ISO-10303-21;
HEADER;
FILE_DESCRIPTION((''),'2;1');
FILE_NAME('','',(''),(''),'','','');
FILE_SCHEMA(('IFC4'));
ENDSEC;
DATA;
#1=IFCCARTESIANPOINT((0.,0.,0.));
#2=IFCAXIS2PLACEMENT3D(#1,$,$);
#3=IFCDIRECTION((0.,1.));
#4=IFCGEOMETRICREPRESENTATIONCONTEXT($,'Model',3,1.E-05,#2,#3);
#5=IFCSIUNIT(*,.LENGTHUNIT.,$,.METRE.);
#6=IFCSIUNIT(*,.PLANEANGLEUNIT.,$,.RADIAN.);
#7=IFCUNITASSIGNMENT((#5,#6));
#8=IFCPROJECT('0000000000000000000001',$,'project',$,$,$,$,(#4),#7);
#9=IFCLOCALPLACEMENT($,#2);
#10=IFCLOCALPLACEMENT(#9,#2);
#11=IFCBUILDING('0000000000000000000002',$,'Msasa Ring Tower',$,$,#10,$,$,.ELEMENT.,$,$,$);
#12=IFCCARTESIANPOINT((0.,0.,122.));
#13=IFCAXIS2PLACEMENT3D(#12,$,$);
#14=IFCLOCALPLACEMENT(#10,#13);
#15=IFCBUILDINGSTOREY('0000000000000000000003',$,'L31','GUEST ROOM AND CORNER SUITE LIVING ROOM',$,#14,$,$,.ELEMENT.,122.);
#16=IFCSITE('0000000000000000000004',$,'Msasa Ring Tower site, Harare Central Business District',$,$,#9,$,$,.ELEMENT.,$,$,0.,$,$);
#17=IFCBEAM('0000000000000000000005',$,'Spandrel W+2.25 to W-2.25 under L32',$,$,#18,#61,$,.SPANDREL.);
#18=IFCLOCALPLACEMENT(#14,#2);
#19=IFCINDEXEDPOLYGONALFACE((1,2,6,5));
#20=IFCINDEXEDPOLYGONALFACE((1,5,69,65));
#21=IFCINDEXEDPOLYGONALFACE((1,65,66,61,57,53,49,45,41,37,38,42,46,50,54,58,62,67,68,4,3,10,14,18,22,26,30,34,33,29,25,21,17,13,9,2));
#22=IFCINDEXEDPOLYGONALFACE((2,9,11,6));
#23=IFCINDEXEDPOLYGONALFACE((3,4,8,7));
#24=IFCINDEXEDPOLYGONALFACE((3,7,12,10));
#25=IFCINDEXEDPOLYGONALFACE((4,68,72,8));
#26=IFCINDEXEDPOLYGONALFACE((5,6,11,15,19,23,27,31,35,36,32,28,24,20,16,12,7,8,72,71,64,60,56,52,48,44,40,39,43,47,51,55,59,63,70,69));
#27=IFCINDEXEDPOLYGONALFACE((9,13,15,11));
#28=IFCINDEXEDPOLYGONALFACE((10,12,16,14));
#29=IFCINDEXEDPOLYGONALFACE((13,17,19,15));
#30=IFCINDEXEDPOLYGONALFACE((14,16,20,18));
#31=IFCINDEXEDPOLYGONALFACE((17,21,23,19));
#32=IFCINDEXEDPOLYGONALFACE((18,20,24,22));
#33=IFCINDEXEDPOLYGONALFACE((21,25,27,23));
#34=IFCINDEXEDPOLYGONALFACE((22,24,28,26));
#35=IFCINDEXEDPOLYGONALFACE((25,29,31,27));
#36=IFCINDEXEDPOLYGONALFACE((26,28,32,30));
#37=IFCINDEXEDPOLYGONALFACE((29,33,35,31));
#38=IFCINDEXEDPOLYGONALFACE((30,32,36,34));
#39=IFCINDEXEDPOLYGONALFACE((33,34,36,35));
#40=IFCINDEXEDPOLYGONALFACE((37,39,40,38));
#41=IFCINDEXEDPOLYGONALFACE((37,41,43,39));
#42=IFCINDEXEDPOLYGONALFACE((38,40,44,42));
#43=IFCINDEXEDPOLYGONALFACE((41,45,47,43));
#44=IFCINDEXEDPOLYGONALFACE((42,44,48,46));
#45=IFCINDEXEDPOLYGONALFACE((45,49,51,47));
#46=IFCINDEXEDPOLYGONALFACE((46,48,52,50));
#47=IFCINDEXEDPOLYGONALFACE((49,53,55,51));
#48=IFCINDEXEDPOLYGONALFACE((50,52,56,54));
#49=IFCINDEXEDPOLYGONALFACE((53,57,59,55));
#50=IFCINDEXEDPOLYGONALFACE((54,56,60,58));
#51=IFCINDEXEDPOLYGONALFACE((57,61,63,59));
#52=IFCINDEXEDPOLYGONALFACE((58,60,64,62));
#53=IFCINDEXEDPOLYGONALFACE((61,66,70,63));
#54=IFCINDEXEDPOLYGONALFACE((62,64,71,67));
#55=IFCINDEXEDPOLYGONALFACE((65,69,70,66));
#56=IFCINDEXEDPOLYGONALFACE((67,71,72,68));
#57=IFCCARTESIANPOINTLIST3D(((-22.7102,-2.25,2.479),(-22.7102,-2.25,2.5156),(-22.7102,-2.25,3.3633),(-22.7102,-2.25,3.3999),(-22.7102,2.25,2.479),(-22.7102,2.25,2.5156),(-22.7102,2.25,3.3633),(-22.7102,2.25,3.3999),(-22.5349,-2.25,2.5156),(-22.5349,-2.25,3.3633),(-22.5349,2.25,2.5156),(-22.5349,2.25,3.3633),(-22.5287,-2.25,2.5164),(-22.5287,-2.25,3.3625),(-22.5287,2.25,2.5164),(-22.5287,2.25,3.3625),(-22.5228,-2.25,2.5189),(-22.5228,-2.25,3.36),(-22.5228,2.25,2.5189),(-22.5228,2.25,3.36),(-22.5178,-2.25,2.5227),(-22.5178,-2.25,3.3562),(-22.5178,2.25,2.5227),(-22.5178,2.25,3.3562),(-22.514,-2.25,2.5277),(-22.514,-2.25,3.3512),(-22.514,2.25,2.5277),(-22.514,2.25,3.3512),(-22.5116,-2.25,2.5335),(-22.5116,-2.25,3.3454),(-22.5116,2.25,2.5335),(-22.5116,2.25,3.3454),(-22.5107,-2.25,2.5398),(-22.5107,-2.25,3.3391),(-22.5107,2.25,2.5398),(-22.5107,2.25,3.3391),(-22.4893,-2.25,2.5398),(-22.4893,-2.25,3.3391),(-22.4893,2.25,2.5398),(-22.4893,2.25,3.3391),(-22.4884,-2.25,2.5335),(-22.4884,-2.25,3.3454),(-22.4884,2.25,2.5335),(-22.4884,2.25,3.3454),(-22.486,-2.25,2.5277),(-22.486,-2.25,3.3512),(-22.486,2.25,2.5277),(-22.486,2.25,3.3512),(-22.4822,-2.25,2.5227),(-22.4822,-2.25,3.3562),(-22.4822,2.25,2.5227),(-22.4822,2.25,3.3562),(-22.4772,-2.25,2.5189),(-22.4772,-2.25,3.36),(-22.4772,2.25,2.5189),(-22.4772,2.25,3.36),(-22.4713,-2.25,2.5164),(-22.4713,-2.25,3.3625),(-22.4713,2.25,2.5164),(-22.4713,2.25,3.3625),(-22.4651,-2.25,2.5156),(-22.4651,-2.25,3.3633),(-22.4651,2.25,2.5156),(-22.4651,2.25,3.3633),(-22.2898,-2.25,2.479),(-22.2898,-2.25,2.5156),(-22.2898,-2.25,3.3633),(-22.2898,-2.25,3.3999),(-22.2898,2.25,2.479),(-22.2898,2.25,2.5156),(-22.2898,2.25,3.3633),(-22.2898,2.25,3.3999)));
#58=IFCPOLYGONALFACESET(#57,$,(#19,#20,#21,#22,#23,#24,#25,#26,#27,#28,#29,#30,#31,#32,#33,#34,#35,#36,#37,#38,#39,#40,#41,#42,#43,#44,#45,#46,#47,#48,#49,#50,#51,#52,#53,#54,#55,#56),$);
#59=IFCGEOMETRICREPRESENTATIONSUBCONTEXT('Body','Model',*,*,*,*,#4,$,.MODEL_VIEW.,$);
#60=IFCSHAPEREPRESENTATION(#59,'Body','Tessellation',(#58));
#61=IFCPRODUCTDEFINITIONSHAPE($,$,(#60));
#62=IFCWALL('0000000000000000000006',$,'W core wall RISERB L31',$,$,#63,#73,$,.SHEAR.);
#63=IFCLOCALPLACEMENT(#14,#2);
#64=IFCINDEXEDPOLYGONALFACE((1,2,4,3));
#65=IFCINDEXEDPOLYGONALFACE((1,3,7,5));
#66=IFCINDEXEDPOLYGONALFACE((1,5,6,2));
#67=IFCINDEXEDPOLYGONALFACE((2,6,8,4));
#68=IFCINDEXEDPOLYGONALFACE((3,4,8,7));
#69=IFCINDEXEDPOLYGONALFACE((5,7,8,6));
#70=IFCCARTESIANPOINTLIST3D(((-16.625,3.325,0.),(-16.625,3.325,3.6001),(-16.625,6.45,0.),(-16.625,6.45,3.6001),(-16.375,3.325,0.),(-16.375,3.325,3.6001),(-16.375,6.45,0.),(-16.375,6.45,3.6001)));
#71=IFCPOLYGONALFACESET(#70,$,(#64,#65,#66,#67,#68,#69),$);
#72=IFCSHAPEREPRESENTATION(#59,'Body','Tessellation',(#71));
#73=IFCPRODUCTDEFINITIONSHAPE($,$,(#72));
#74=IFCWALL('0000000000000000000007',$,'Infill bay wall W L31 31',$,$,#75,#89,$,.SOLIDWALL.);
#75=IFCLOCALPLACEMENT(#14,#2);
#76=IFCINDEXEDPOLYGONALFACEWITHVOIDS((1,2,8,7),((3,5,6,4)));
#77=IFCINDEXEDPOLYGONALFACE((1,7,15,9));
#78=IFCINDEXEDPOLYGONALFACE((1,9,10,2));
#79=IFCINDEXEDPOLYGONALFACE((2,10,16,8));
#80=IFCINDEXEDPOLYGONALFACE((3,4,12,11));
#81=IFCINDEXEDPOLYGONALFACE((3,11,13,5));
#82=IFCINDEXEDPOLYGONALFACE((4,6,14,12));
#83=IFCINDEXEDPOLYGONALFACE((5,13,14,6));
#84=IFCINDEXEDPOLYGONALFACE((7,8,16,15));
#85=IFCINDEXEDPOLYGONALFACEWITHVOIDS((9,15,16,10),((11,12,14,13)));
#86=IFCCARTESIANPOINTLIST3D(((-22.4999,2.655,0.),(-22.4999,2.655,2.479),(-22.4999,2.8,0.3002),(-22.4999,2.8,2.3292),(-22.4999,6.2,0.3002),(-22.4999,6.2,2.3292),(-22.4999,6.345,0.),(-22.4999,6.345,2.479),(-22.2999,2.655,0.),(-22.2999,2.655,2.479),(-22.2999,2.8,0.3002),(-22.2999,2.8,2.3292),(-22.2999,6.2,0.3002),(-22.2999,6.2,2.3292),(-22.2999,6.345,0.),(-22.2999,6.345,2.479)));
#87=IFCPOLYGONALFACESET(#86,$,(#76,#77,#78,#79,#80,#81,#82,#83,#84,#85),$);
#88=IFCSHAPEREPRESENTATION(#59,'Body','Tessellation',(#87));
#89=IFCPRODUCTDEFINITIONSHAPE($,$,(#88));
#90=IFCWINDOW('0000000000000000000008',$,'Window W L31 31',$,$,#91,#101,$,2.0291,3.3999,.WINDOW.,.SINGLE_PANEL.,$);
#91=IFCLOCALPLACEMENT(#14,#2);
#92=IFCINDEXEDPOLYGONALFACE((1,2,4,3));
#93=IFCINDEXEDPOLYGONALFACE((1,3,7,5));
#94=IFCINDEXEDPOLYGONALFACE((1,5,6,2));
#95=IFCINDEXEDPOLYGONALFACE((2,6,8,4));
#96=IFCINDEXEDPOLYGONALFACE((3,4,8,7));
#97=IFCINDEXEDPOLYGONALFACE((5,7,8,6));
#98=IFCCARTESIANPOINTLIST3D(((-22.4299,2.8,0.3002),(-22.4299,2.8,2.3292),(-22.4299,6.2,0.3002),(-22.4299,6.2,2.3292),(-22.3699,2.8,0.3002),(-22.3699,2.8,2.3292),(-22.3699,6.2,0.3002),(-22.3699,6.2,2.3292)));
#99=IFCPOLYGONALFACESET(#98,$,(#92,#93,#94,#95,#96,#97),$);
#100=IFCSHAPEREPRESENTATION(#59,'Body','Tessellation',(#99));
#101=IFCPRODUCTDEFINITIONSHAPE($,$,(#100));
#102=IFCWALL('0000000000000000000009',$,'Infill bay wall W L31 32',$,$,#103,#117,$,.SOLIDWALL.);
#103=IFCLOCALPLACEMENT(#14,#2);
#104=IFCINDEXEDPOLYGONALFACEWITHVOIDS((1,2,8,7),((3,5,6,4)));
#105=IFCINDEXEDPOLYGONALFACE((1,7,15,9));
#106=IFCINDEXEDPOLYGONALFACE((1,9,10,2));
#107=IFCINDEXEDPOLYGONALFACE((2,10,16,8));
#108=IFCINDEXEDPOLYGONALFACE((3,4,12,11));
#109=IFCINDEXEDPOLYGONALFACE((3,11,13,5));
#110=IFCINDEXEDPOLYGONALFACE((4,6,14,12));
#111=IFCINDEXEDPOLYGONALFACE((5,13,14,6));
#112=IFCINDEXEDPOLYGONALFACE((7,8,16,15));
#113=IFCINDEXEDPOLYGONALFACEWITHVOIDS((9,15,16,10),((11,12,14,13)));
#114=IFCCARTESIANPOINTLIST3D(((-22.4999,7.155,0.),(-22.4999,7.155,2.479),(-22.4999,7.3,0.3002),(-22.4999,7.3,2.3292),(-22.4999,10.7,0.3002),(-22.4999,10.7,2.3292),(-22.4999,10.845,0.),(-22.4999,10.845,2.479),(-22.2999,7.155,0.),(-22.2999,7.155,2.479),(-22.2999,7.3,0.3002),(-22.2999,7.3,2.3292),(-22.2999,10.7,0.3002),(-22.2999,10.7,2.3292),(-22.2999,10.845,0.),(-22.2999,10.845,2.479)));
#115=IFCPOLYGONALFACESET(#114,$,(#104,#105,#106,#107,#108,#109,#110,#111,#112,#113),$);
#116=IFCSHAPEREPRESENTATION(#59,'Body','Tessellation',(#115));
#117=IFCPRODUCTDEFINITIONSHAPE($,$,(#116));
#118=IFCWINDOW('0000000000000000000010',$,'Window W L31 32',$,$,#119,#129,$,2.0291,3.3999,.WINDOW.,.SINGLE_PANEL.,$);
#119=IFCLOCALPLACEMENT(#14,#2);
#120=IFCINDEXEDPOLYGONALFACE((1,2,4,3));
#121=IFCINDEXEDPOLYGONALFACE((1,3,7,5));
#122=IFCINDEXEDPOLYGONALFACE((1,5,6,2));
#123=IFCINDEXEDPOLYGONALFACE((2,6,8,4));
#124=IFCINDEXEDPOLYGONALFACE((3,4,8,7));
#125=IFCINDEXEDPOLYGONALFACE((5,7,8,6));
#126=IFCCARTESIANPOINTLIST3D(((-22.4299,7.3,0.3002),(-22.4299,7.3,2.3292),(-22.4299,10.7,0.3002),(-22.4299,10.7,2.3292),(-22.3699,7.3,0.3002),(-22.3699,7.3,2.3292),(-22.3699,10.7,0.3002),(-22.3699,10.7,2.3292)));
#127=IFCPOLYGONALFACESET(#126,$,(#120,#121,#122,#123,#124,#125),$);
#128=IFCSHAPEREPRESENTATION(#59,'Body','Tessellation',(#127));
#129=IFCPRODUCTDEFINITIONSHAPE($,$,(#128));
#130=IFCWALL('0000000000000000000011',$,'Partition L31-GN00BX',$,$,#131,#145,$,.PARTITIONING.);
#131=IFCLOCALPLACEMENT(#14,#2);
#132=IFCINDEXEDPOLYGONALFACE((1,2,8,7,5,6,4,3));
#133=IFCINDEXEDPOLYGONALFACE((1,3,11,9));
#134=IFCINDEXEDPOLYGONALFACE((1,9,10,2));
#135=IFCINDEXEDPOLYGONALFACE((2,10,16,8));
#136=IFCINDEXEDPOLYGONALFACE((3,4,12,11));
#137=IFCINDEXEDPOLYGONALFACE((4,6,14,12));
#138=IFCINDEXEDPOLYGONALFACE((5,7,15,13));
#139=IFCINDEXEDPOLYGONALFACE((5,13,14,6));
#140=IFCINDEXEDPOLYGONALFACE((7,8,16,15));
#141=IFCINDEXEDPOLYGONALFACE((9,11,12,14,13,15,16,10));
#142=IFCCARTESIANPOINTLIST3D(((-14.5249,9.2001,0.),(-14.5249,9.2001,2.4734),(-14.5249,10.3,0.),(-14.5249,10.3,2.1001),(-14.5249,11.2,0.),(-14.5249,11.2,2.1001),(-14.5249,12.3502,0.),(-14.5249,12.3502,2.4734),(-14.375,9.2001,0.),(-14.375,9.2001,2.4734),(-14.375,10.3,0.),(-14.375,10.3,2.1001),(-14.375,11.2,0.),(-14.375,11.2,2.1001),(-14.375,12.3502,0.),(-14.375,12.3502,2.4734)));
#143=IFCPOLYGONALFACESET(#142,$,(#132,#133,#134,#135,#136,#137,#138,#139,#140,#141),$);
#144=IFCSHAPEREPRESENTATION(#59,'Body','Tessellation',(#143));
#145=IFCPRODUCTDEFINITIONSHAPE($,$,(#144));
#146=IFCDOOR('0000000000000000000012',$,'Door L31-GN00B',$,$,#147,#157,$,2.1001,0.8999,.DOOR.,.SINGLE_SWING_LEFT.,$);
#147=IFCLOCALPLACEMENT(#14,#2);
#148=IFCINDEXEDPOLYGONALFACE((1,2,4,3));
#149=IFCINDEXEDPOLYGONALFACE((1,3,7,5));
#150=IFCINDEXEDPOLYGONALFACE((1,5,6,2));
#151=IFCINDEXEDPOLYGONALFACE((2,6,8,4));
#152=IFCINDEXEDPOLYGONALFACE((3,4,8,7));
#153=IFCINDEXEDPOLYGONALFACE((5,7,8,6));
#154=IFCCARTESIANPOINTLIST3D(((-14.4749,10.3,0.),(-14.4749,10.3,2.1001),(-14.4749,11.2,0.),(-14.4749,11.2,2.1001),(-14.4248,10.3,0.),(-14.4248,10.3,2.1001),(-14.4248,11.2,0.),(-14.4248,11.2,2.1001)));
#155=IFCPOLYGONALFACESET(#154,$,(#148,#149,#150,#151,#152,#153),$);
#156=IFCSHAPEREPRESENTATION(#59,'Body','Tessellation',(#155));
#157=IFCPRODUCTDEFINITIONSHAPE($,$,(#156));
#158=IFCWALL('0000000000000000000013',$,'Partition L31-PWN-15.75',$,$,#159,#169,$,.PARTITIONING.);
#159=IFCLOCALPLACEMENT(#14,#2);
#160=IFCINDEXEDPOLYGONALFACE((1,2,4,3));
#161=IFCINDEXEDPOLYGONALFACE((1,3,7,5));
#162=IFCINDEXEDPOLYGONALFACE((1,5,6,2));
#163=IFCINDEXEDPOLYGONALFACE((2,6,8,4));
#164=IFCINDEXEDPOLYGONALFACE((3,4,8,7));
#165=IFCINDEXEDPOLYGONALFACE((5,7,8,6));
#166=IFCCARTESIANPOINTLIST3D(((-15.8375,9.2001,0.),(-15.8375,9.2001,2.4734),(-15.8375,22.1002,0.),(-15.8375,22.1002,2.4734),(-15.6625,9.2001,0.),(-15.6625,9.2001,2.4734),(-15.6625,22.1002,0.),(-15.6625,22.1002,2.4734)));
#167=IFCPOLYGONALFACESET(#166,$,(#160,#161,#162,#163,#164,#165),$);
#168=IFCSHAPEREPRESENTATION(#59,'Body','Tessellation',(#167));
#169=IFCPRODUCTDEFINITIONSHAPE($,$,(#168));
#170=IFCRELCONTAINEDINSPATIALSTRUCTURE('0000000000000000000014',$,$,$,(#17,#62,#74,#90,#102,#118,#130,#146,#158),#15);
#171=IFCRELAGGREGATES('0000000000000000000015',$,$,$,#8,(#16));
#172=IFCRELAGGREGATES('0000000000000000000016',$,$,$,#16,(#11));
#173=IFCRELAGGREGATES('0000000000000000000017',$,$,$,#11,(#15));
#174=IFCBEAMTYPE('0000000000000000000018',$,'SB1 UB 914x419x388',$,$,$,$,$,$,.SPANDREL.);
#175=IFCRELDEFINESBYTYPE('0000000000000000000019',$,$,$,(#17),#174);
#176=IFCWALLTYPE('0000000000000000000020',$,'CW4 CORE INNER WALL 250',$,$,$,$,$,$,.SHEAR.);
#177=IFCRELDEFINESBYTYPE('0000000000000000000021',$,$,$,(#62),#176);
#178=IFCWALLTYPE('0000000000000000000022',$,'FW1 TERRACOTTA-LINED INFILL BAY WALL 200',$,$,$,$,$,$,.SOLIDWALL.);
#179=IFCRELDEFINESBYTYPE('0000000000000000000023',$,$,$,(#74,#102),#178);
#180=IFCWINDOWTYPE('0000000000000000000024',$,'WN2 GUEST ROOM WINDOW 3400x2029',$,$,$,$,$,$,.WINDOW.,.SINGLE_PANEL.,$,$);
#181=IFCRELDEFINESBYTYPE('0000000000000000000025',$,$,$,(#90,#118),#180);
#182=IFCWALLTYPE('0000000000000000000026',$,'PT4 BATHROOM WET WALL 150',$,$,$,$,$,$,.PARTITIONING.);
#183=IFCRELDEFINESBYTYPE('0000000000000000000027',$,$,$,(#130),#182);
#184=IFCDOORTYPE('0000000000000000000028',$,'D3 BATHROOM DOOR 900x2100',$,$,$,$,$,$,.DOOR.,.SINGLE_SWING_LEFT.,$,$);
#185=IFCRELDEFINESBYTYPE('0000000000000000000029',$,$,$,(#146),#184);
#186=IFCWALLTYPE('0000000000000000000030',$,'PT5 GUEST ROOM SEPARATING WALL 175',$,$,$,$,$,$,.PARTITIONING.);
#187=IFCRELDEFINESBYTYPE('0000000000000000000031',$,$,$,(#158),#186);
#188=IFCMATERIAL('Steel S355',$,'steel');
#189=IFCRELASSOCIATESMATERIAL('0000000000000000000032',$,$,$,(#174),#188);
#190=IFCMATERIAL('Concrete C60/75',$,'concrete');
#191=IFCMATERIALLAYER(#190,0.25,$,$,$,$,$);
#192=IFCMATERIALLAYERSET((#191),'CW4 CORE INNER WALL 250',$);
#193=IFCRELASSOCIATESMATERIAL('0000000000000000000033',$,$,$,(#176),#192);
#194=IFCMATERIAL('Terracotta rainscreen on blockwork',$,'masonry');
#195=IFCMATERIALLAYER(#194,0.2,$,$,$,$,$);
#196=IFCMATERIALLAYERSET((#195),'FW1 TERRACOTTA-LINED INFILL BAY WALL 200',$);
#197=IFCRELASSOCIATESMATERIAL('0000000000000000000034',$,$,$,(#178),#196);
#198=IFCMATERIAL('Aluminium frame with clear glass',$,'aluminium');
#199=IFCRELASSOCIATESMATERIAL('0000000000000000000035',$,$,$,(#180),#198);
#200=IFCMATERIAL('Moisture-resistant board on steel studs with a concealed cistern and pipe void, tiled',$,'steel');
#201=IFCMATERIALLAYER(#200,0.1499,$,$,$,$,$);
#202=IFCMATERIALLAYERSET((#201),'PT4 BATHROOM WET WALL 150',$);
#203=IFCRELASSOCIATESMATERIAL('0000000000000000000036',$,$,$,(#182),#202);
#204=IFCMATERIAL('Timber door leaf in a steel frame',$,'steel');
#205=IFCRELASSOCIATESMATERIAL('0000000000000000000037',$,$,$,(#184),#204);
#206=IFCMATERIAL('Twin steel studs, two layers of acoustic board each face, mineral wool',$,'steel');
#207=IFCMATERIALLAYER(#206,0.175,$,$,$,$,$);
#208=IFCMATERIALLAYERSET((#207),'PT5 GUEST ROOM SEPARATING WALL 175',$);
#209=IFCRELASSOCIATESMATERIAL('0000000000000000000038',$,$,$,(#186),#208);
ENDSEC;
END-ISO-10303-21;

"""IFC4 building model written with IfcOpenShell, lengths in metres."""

from ifc_helpers import new_model, si_unit, direction, frame, frame_2d, origin, origin_2d, place, context, subcontext, project, spatial, rectangle, i_section, extrude, material, layer, layer_set, material_profile, profile_set, type_object, element, fill, save


model = new_model("IFC4")

# Units and contexts
model_context = context("Model", 3, precision=1e-05, world=origin(), true_north=direction((0.0, 1.0)))
body_context = subcontext(model_context, "Body", "Model", "MODEL_VIEW")
ifc_project = project(units=[si_unit("LENGTHUNIT", "METRE"), si_unit("PLANEANGLEUNIT", "RADIAN")], contexts=[model_context])

# Site, building, storey
site_placement = place(None, origin())
site = spatial("IfcSite", under=ifc_project, at=site_placement, Name="Msasa Ring Tower site, Harare Central Business District", CompositionType="ELEMENT", RefElevation=0.0)
building_placement = place(site_placement, origin())
building = spatial("IfcBuilding", under=site, at=building_placement, Name="Msasa Ring Tower", CompositionType="ELEMENT")
storey_placement = place(building_placement, frame((0.0, 0.0, 122.0)))
storey = spatial("IfcBuildingStorey", under=building, at=storey_placement, Name="L31", Description="GUEST ROOM AND CORNER SUITE LIVING ROOM", CompositionType="ELEMENT", Elevation=122.0)

# Beam
ifc_material_1 = material(Name="Steel S355", Category="steel")
ifc_material_profile_1 = material_profile(ifc_material_1, i_section(OverallWidth=0.4204, OverallDepth=0.9209, WebThickness=0.0215, FlangeThickness=0.0366, FilletRadius=0.0242, at=origin_2d()), Name="UB 914x419x388")
ifc_profile_set_1 = profile_set([ifc_material_profile_1], Name="Steel S355")
beam_type_1 = type_object("IfcBeamType", Name="SB1 UB 914x419x388", PredefinedType="SPANDREL", material=ifc_profile_set_1)
for number, where, z_axis, x_axis, name in (
    (1, (-22.5, 2.25, 2.9395), (0.0, -1.0, 0.0), (1.0, 0.0, 0.0), "Spandrel W+2.25 to W-2.25 under L32"),
):
    element("IfcBeam", number, at=place(storey_placement, frame(where, z_axis=z_axis, x_axis=x_axis)), inside=storey, type_object=beam_type_1, Name=name, PredefinedType="SPANDREL", context=body_context, shape_type="SweptSolid", body=[
        extrude(i_section(OverallWidth=0.4204, OverallDepth=0.9209, WebThickness=0.0215, FlangeThickness=0.0366, FilletRadius=0.0242, at=origin_2d()), origin(), (0.0, 0.0, 1.0), 4.5),
    ])

# Wall
ifc_material_2 = material(Name="Concrete C60/75", Category="concrete")
ifc_layer_1 = layer(ifc_material_2, 0.25)
ifc_layer_set_1 = layer_set([ifc_layer_1], Name="CW4 CORE INNER WALL 250")
wall_type_1 = type_object("IfcWallType", Name="CW4 CORE INNER WALL 250", PredefinedType="SHEAR", material=ifc_layer_set_1)
wall_1_placement = place(storey_placement, frame((-16.5, 3.325, 0.0), z_axis=(0.0, 0.0, 1.0), x_axis=(0.0, 1.0, 0.0)))
element("IfcWall", 2, at=wall_1_placement, inside=storey, type_object=wall_type_1, Name="W core wall RISERB L31", PredefinedType="SHEAR", context=body_context, shape_type="SweptSolid", body=[
    extrude(rectangle(XDim=3.125, YDim=0.25, at=frame_2d((1.5625, 0.0))), origin(), (0.0, 0.0, 1.0), 3.6001),
])

# Walls, openings, windows
ifc_material_3 = material(Name="Terracotta rainscreen on blockwork", Category="masonry")
ifc_layer_2 = layer(ifc_material_3, 0.2)
ifc_layer_set_2 = layer_set([ifc_layer_2], Name="FW1 TERRACOTTA-LINED INFILL BAY WALL 200")
wall_type_2 = type_object("IfcWallType", Name="FW1 TERRACOTTA-LINED INFILL BAY WALL 200", PredefinedType="SOLIDWALL", material=ifc_layer_set_2)
wall_2_placement = place(storey_placement, frame((-22.3999, 2.655, 0.0), z_axis=(0.0, 0.0, 1.0), x_axis=(0.0, 1.0, 0.0)))
wall_2 = element("IfcWall", 3, at=wall_2_placement, inside=storey, type_object=wall_type_2, Name="Infill bay wall W L31 31", PredefinedType="SOLIDWALL", context=body_context, shape_type="SweptSolid", body=[
    extrude(rectangle(XDim=3.6899, YDim=0.2, at=frame_2d((1.845, 0.0))), origin(), (0.0, 0.0, 1.0), 2.479),
])
opening_1_placement = place(wall_2_placement, frame((0.145, 0.0, 0.3)))
opening_1 = element("IfcOpeningElement", 4, at=opening_1_placement, cuts=wall_2, PredefinedType="OPENING", context=body_context, shape_type="SweptSolid", body=[
    extrude(rectangle(XDim=3.3999, YDim=2.0291, at=frame_2d((1.7, 1.0146))), frame((0.0, 0.1099, 0.0), z_axis=(0.0, -1.0, 0.0), x_axis=(1.0, 0.0, 0.0)), (0.0, 0.0, 1.0), 0.22),
])
ifc_material_4 = material(Name="Aluminium frame with clear glass", Category="aluminium")
window_type = type_object("IfcWindowType", Name="WN2 GUEST ROOM WINDOW 3400x2029", PartitioningType="SINGLE_PANEL", PredefinedType="WINDOW", material=ifc_material_4)
window_1_placement = place(opening_1_placement, origin())
window_1 = element("IfcWindow", 5, at=window_1_placement, inside=storey, type_object=window_type, Name="Window W L31 31", OverallHeight=2.0291, OverallWidth=3.3999, PartitioningType="SINGLE_PANEL", PredefinedType="WINDOW", context=body_context, shape_type="SweptSolid", body=[
    extrude(rectangle(XDim=3.3999, YDim=2.0291, at=frame_2d((1.7, 1.0146))), frame((0.0, 0.03, 0.0), z_axis=(0.0, -1.0, 0.0), x_axis=(1.0, 0.0, 0.0)), (0.0, 0.0, 1.0), 0.0601),
])
fill(opening_1, window_1)
wall_3_placement = place(storey_placement, frame((-22.3999, 7.155, 0.0), z_axis=(0.0, 0.0, 1.0), x_axis=(0.0, 1.0, 0.0)))
wall_3 = element("IfcWall", 6, at=wall_3_placement, inside=storey, type_object=wall_type_2, Name="Infill bay wall W L31 32", PredefinedType="SOLIDWALL", context=body_context, shape_type="SweptSolid", body=[
    extrude(rectangle(XDim=3.6899, YDim=0.2, at=frame_2d((1.845, 0.0))), origin(), (0.0, 0.0, 1.0), 2.479),
])
opening_2_placement = place(wall_3_placement, frame((0.145, 0.0, 0.3)))
opening_2 = element("IfcOpeningElement", 7, at=opening_2_placement, cuts=wall_3, PredefinedType="OPENING", context=body_context, shape_type="SweptSolid", body=[
    extrude(rectangle(XDim=3.3999, YDim=2.0291, at=frame_2d((1.7, 1.0146))), frame((0.0, 0.1099, 0.0), z_axis=(0.0, -1.0, 0.0), x_axis=(1.0, 0.0, 0.0)), (0.0, 0.0, 1.0), 0.22),
])
window_2_placement = place(opening_2_placement, origin())
window_2 = element("IfcWindow", 8, at=window_2_placement, inside=storey, type_object=window_type, Name="Window W L31 32", OverallHeight=2.0291, OverallWidth=3.3999, PartitioningType="SINGLE_PANEL", PredefinedType="WINDOW", context=body_context, shape_type="SweptSolid", body=[
    extrude(rectangle(XDim=3.3999, YDim=2.0291, at=frame_2d((1.7, 1.0146))), frame((0.0, 0.03, 0.0), z_axis=(0.0, -1.0, 0.0), x_axis=(1.0, 0.0, 0.0)), (0.0, 0.0, 1.0), 0.0601),
])
fill(opening_2, window_2)

# Wall, opening, door
ifc_material_5 = material(Name="Moisture-resistant board on steel studs with a concealed cistern and pipe void, tiled", Category="steel")
ifc_layer_3 = layer(ifc_material_5, 0.1499)
ifc_layer_set_3 = layer_set([ifc_layer_3], Name="PT4 BATHROOM WET WALL 150")
wall_type_3 = type_object("IfcWallType", Name="PT4 BATHROOM WET WALL 150", PredefinedType="PARTITIONING", material=ifc_layer_set_3)
wall_4_placement = place(storey_placement, frame((-14.45, 9.2, 0.0), z_axis=(0.0, 0.0, 1.0), x_axis=(0.0, 1.0, 0.0)))
wall_4 = element("IfcWall", 9, at=wall_4_placement, inside=storey, type_object=wall_type_3, Name="Partition L31-GN00BX", PredefinedType="PARTITIONING", context=body_context, shape_type="SweptSolid", body=[
    extrude(rectangle(XDim=3.1501, YDim=0.1499, at=frame_2d((1.5752, 0.0))), origin(), (0.0, 0.0, 1.0), 2.4734),
])
opening_3_placement = place(wall_4_placement, frame((1.1001, 0.0, 0.0)))
opening_3 = element("IfcOpeningElement", 10, at=opening_3_placement, cuts=wall_4, PredefinedType="OPENING", context=body_context, shape_type="SweptSolid", body=[
    extrude(rectangle(XDim=0.8999, YDim=2.1001, at=frame_2d((0.45, 1.05))), frame((0.0, 0.085, 0.0), z_axis=(0.0, -1.0, 0.0), x_axis=(1.0, 0.0, 0.0)), (0.0, 0.0, 1.0), 0.1699),
])
ifc_material_6 = material(Name="Timber door leaf in a steel frame", Category="steel")
door_type_1 = type_object("IfcDoorType", Name="D3 BATHROOM DOOR 900x2100", OperationType="SINGLE_SWING_LEFT", PredefinedType="DOOR", material=ifc_material_6)
door_1_placement = place(opening_3_placement, origin())
door_1 = element("IfcDoor", 11, at=door_1_placement, inside=storey, type_object=door_type_1, Name="Door L31-GN00B", OperationType="SINGLE_SWING_LEFT", OverallHeight=2.1001, OverallWidth=0.8999, PredefinedType="DOOR", context=body_context, shape_type="SweptSolid", body=[
    extrude(rectangle(XDim=0.8999, YDim=2.1001, at=frame_2d((0.45, 1.05))), frame((0.0, 0.0249, 0.0), z_axis=(0.0, -1.0, 0.0), x_axis=(1.0, 0.0, 0.0)), (0.0, 0.0, 1.0), 0.05),
])
fill(opening_3, door_1)

# Wall
ifc_material_7 = material(Name="Twin steel studs, two layers of acoustic board each face, mineral wool", Category="steel")
ifc_layer_4 = layer(ifc_material_7, 0.175)
ifc_layer_set_4 = layer_set([ifc_layer_4], Name="PT5 GUEST ROOM SEPARATING WALL 175")
wall_type_4 = type_object("IfcWallType", Name="PT5 GUEST ROOM SEPARATING WALL 175", PredefinedType="PARTITIONING", material=ifc_layer_set_4)
wall_5_placement = place(storey_placement, frame((-15.75, 9.2, 0.0), z_axis=(0.0, 0.0, 1.0), x_axis=(0.0, 1.0, 0.0)))
element("IfcWall", 12, at=wall_5_placement, inside=storey, type_object=wall_type_4, Name="Partition L31-PWN-15.75", PredefinedType="PARTITIONING", context=body_context, shape_type="SweptSolid", body=[
    extrude(rectangle(XDim=12.9001, YDim=0.175, at=frame_2d((6.4502, 0.0))), origin(), (0.0, 0.0, 1.0), 2.4734),
])

save(model, "model.ifc")
